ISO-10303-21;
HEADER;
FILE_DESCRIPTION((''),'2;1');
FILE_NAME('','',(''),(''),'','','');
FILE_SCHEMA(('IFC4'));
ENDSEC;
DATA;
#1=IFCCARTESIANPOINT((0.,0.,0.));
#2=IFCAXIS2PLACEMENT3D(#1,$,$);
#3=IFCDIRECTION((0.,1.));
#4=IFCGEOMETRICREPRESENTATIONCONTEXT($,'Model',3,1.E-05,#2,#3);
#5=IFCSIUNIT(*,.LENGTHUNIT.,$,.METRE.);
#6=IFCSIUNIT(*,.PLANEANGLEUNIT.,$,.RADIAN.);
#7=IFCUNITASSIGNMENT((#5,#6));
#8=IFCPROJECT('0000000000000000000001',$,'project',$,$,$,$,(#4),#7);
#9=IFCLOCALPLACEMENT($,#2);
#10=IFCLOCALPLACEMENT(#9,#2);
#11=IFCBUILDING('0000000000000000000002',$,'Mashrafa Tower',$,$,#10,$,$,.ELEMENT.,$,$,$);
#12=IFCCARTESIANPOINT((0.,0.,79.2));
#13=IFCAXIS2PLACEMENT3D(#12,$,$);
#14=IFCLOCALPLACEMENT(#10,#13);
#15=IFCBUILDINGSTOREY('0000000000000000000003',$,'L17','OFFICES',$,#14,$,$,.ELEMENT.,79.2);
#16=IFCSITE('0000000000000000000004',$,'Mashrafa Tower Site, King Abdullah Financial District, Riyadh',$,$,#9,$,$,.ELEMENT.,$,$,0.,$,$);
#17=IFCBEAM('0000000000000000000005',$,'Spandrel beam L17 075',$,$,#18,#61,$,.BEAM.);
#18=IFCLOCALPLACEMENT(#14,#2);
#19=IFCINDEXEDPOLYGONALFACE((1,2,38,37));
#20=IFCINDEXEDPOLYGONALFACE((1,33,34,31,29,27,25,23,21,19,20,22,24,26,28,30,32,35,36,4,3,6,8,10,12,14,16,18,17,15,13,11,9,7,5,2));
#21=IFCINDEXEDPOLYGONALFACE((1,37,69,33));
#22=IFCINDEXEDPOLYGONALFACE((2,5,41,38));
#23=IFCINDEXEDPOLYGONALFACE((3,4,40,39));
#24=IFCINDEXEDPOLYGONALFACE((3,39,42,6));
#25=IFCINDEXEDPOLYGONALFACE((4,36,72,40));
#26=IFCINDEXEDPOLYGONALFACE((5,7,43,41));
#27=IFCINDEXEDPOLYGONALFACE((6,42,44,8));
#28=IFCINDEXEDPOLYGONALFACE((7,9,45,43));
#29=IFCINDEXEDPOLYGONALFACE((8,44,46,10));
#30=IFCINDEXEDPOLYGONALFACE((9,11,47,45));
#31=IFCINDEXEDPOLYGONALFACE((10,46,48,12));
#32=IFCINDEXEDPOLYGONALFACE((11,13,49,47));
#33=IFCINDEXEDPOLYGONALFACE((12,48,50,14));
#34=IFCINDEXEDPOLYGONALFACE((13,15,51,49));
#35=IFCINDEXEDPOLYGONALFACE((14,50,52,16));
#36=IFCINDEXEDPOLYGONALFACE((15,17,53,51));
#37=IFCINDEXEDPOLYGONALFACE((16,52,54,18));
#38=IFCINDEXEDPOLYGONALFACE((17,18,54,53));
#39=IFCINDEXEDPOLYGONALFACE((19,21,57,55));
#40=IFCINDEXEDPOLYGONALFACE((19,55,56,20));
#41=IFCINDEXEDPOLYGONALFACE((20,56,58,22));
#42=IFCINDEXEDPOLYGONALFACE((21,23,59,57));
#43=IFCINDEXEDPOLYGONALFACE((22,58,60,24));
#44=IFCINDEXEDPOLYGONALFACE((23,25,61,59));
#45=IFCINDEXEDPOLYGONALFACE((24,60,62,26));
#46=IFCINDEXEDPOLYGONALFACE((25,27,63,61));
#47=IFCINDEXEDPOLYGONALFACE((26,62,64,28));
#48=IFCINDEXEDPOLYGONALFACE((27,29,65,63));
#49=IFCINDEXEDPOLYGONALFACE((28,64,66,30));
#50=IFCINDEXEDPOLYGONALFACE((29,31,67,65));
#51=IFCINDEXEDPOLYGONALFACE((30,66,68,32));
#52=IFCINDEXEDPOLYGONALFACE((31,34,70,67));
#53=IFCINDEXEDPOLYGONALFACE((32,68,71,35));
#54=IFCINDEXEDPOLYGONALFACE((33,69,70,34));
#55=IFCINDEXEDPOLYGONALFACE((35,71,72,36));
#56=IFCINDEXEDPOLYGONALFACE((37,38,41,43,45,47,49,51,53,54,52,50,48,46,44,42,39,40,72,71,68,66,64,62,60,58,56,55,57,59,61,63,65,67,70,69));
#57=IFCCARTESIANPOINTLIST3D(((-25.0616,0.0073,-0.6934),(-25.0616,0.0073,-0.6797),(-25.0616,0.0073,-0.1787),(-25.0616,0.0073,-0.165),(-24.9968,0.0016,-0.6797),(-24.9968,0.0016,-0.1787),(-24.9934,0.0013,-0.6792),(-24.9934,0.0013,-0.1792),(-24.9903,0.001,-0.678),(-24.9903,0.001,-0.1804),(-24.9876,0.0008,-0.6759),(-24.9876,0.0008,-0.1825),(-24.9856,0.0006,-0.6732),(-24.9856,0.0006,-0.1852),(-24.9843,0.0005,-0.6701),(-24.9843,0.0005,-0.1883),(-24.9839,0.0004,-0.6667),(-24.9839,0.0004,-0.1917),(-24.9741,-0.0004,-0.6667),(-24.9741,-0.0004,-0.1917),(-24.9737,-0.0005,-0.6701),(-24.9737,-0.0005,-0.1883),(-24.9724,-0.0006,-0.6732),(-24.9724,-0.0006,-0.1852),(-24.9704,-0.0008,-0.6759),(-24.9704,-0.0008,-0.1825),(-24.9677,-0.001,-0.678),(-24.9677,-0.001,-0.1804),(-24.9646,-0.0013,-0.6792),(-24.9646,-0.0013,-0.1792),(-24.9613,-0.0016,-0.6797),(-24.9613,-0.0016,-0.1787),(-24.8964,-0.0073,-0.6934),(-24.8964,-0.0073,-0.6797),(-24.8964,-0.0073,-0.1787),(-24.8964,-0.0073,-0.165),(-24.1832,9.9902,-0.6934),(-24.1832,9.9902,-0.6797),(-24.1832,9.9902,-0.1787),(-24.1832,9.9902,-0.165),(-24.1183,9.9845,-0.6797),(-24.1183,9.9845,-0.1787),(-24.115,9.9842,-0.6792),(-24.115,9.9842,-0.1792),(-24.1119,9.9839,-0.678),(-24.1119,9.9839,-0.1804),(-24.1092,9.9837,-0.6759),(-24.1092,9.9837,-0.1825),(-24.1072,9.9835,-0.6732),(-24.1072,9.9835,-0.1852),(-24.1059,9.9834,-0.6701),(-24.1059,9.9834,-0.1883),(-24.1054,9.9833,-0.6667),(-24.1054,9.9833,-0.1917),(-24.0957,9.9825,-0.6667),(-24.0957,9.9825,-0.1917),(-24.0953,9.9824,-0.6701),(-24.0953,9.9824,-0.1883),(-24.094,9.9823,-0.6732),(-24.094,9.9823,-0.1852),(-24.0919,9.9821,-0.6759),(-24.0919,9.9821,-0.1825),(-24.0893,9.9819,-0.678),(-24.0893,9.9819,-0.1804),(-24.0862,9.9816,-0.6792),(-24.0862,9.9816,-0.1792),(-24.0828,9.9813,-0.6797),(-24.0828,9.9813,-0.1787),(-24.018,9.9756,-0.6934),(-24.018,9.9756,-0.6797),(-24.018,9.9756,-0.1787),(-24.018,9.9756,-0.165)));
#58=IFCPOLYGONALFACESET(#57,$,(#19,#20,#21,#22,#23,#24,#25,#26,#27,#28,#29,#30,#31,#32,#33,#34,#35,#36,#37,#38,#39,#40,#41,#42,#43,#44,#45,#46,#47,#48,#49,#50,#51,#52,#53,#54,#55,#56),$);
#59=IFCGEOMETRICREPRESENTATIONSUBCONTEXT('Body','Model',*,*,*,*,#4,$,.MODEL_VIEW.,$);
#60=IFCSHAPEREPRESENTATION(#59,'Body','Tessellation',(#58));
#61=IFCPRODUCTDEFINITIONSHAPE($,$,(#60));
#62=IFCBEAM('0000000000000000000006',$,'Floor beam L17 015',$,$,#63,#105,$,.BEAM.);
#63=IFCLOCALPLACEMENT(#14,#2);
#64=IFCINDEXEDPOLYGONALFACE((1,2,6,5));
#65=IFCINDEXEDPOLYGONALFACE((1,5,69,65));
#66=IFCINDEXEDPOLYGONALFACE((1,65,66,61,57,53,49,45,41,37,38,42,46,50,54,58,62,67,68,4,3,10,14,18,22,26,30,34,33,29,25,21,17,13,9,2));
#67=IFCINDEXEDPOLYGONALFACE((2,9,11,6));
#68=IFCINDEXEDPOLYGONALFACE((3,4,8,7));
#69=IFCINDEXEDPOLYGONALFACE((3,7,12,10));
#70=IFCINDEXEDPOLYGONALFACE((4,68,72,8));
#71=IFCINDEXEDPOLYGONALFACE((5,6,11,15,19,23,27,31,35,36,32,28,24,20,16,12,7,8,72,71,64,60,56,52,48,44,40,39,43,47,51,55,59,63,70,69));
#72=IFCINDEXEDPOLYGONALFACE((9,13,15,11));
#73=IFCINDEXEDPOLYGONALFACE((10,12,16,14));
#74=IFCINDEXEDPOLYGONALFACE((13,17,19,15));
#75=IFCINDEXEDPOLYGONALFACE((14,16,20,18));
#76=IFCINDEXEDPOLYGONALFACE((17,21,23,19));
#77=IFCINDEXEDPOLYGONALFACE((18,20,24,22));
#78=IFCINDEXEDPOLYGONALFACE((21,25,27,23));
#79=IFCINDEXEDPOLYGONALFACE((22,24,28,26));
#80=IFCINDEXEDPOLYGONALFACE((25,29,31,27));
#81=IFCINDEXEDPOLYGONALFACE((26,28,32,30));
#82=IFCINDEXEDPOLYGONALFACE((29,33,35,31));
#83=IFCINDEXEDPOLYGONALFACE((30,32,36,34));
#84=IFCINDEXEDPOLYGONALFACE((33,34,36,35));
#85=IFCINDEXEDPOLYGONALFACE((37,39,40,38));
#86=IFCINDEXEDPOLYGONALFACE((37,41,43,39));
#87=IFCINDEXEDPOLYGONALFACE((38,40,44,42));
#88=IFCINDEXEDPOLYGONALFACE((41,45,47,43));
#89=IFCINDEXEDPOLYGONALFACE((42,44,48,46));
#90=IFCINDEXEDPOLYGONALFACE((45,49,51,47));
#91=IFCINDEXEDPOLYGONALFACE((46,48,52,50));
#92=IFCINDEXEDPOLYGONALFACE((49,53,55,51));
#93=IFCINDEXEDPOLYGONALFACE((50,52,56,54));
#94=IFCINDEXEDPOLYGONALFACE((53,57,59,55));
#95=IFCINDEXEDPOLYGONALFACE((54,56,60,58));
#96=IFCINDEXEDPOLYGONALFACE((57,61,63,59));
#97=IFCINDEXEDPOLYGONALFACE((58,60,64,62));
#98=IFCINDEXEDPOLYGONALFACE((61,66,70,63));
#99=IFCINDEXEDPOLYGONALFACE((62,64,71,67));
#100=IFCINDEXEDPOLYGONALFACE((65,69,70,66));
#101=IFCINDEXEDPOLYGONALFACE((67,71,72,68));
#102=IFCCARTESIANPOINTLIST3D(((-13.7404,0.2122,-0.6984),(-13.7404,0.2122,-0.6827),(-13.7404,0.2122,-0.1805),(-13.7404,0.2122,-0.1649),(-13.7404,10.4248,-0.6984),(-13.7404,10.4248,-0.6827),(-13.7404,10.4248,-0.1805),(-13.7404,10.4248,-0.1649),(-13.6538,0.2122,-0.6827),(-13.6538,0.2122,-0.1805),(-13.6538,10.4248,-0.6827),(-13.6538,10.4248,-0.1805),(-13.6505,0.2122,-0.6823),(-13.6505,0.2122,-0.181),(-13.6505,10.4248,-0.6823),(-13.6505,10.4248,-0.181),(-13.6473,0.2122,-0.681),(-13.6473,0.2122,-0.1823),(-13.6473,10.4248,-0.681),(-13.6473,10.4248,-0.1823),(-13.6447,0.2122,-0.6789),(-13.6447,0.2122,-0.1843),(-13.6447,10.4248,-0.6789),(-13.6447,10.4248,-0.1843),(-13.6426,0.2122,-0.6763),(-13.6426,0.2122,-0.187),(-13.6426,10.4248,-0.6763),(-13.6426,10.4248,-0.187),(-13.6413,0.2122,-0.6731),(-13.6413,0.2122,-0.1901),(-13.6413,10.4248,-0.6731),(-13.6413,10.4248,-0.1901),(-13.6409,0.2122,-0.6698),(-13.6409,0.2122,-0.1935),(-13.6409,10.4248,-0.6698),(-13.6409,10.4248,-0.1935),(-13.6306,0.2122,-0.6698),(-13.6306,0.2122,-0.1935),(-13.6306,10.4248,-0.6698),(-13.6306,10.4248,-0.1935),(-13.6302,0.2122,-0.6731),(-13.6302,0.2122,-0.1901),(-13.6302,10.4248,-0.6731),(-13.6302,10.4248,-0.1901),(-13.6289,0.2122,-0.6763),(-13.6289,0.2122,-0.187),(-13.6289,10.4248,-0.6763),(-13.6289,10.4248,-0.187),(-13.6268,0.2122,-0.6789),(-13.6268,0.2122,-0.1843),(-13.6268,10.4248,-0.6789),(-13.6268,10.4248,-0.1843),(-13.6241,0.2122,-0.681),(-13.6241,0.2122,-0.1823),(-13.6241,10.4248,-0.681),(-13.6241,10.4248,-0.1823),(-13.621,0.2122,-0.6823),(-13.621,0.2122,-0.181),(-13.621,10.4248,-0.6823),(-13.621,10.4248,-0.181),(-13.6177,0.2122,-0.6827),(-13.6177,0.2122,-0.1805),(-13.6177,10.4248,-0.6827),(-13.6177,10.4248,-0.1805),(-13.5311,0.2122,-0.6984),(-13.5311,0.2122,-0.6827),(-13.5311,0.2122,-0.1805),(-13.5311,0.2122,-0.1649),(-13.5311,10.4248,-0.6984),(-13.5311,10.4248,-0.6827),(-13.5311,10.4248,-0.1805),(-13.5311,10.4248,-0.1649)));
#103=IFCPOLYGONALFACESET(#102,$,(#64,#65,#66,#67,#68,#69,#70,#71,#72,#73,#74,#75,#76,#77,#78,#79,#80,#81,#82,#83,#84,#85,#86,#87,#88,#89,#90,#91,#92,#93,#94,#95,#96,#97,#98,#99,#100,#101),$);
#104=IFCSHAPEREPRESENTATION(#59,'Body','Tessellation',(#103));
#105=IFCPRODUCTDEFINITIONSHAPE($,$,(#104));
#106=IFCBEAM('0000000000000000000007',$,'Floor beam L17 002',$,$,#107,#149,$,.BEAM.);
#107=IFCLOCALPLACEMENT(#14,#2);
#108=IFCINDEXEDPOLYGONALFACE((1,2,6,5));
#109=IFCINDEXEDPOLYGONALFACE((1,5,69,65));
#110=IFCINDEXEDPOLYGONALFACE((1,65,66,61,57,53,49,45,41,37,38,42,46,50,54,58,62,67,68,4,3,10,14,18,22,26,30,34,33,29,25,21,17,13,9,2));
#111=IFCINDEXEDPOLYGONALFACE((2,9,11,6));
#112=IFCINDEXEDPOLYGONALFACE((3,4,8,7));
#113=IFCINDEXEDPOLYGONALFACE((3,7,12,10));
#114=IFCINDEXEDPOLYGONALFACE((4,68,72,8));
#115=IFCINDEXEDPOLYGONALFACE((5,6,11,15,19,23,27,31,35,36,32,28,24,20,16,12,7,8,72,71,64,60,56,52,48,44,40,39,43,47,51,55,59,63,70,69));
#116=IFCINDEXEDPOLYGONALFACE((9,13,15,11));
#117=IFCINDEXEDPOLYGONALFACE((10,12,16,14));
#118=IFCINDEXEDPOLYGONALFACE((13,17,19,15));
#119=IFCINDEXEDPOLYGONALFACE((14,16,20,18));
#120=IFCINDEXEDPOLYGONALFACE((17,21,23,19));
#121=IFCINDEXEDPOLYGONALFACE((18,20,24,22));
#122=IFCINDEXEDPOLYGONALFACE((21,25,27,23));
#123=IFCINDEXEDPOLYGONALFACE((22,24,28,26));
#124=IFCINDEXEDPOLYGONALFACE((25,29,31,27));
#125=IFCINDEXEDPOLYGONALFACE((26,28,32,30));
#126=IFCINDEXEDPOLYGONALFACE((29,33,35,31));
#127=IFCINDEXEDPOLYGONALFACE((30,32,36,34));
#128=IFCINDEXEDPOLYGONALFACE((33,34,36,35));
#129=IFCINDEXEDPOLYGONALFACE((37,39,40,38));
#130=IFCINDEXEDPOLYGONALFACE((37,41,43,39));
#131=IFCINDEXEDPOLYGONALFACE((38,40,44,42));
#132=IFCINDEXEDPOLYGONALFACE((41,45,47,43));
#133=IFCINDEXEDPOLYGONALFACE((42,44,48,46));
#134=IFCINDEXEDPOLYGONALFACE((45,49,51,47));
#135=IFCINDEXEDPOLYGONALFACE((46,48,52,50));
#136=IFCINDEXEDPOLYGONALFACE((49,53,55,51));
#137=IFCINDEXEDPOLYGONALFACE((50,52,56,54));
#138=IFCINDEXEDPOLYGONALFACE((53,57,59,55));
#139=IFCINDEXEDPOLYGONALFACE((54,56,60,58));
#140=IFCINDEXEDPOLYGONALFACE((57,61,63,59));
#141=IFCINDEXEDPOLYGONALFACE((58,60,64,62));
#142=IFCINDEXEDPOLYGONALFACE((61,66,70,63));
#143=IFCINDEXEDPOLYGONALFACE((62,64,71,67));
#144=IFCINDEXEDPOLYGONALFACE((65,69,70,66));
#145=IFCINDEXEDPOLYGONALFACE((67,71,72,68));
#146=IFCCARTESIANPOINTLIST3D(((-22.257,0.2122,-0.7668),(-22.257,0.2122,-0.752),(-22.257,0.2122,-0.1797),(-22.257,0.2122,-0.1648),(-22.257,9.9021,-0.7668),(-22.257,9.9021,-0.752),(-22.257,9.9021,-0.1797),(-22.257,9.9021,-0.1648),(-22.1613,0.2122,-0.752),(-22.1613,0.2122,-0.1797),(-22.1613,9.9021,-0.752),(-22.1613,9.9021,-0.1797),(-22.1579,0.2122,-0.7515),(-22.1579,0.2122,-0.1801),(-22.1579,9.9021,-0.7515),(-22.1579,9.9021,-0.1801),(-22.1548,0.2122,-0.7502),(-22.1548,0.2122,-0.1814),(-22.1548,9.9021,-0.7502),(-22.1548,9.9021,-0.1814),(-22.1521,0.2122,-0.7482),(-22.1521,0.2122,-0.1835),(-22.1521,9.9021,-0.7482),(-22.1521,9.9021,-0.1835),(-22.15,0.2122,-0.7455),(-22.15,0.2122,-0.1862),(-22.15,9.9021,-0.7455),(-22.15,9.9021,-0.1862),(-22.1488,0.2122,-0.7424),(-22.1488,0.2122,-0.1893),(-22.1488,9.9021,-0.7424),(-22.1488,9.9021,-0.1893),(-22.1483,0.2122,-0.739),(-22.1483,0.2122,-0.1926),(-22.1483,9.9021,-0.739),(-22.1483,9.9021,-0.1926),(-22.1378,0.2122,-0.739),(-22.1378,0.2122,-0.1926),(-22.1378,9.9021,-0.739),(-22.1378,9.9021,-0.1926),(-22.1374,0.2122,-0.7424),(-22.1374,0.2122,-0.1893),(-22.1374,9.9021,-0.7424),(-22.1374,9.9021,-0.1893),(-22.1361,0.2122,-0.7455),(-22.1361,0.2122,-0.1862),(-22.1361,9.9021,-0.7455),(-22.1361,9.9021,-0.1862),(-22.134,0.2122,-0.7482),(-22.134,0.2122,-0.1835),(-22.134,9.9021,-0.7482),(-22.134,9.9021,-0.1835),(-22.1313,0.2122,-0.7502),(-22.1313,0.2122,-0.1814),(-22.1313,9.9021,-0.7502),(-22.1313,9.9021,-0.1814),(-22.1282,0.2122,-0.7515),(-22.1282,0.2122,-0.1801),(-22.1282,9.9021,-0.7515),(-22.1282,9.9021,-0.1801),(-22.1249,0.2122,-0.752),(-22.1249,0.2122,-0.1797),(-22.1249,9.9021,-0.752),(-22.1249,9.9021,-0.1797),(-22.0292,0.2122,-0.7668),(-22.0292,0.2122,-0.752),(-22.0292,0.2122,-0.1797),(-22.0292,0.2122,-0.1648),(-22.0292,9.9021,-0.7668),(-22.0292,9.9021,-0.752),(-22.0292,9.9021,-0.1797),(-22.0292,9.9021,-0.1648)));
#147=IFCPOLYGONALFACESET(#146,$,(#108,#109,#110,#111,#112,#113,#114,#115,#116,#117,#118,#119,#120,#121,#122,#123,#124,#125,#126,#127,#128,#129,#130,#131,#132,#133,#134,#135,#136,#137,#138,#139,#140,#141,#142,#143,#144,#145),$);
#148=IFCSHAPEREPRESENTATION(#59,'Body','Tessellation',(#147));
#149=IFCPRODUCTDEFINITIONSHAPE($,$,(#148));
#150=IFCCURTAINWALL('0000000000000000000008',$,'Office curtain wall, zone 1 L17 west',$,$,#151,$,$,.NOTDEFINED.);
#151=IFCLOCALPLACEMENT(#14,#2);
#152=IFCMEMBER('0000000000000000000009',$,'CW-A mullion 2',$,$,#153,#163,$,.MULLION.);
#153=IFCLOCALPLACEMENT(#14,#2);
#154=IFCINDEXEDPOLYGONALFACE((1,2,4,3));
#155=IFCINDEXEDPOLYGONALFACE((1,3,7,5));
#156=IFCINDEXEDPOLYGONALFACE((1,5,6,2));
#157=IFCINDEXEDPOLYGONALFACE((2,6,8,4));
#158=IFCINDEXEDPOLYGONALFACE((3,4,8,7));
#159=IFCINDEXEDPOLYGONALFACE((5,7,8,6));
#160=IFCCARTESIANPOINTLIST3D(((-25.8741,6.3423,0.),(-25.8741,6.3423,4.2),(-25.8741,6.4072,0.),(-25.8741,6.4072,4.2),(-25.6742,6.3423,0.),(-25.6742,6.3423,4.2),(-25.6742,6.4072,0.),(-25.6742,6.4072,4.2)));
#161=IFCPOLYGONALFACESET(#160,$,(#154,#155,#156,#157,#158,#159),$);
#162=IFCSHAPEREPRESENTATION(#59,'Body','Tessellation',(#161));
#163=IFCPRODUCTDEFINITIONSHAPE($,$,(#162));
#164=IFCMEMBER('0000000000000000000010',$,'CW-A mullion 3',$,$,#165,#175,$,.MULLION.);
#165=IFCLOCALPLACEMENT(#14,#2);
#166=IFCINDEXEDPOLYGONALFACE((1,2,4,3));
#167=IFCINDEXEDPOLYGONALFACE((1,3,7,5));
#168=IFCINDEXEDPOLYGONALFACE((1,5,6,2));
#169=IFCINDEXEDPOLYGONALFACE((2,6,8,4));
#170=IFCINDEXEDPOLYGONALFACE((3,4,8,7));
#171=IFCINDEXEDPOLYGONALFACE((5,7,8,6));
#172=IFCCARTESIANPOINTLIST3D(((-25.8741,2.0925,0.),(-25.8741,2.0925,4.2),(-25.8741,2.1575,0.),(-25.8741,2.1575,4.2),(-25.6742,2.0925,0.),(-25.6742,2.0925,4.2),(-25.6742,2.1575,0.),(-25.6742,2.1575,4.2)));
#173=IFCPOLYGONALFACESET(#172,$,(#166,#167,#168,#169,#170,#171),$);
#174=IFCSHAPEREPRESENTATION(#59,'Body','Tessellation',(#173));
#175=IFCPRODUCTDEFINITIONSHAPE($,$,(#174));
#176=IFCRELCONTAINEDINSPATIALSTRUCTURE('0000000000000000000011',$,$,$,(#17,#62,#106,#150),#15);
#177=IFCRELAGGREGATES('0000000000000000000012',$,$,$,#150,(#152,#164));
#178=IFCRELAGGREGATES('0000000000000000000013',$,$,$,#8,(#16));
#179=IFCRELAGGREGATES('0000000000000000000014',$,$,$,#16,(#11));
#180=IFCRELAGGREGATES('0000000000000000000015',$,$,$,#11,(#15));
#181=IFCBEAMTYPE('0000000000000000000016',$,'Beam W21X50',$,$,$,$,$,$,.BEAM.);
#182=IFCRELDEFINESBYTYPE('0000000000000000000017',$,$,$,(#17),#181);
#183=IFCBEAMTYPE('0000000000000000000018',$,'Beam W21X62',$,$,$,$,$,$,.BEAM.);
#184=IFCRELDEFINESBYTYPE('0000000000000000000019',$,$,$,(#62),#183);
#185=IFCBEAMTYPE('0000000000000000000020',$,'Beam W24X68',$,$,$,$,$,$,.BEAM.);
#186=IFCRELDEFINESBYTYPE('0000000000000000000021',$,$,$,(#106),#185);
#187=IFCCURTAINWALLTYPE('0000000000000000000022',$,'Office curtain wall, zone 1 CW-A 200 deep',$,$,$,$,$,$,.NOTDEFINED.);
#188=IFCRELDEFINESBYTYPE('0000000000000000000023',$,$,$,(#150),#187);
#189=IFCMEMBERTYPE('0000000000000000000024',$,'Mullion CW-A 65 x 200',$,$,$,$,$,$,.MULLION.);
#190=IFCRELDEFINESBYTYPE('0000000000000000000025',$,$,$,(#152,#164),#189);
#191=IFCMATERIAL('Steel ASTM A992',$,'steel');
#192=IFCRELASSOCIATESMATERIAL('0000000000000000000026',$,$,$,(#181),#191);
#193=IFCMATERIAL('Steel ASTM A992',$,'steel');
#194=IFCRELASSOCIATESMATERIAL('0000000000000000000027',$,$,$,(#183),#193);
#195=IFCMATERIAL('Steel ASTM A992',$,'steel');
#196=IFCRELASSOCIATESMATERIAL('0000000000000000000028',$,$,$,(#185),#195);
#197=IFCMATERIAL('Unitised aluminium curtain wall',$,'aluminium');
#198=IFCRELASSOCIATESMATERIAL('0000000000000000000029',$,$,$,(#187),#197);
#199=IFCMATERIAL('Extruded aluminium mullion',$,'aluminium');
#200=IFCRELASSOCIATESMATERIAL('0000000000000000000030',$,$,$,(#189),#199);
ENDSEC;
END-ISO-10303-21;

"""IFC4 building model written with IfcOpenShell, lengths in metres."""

from ifc_helpers import new_model, si_unit, direction, frame, origin, origin_2d, place, context, subcontext, project, spatial, rectangle, i_section, extrude, source, transform, mapped, material, material_profile, profile_set, type_object, type_shapes, element, aggregate, save


model = new_model("IFC4")

# Units and contexts
model_context = context("Model", 3, precision=1e-05, world=origin(), true_north=direction((0.0, 1.0)))
body_context = subcontext(model_context, "Body", "Model", "MODEL_VIEW")
ifc_project = project(units=[si_unit("LENGTHUNIT", "METRE"), si_unit("PLANEANGLEUNIT", "RADIAN")], contexts=[model_context])

# Site, building, storey
site_placement = place(None, origin())
site = spatial("IfcSite", under=ifc_project, at=site_placement, Name="Mashrafa Tower Site, King Abdullah Financial District, Riyadh", CompositionType="ELEMENT", RefElevation=0.0)
building_placement = place(site_placement, origin())
building = spatial("IfcBuilding", under=site, at=building_placement, Name="Mashrafa Tower", CompositionType="ELEMENT")
storey_placement = place(building_placement, frame((0.0, 0.0, 79.2)))
storey = spatial("IfcBuildingStorey", under=building, at=storey_placement, Name="L17", Description="OFFICES", CompositionType="ELEMENT", Elevation=79.2)

# Beams
ifc_material_1 = material(Name="Steel ASTM A992", Category="steel")
ifc_material_profile_1 = material_profile(ifc_material_1, i_section(OverallWidth=0.1658, OverallDepth=0.5283, WebThickness=0.0098, FlangeThickness=0.0137, FilletRadius=0.0129, at=origin_2d()), Name="W21X50")
ifc_profile_set_1 = profile_set([ifc_material_profile_1], Name="Steel ASTM A992")
beam_type_1 = type_object("IfcBeamType", Name="Beam W21X50", PredefinedType="BEAM", material=ifc_profile_set_1)
beam_1_placement = place(storey_placement, frame((-24.1006, 9.9829, -0.4292), z_axis=(-0.087653, -0.996151, 0.0), x_axis=(0.996151, -0.087653, 0.0)))
element("IfcBeam", 1, at=beam_1_placement, inside=storey, type_object=beam_type_1, Name="Spandrel beam L17 075", PredefinedType="BEAM", context=body_context, shape_type="SweptSolid", body=[
    extrude(i_section(OverallWidth=0.1658, OverallDepth=0.5283, WebThickness=0.0098, FlangeThickness=0.0137, FilletRadius=0.0129, at=origin_2d()), origin(), (0.0, 0.0, 1.0), 10.0215),
])
ifc_material_2 = material(Name="Steel ASTM A992", Category="steel")
ifc_material_profile_2 = material_profile(ifc_material_2, i_section(OverallWidth=0.2092, OverallDepth=0.5334, WebThickness=0.0103, FlangeThickness=0.0156, FilletRadius=0.0129, at=origin_2d()), Name="W21X62")
ifc_profile_set_2 = profile_set([ifc_material_profile_2], Name="Steel ASTM A992")
beam_type_2 = type_object("IfcBeamType", Name="Beam W21X62", PredefinedType="BEAM", material=ifc_profile_set_2)
beam_2_placement = place(storey_placement, frame((-13.6357, 0.2122, -0.4316), z_axis=(0.0, 1.0, 0.0), x_axis=(-1.0, 0.0, 0.0)))
element("IfcBeam", 2, at=beam_2_placement, inside=storey, type_object=beam_type_2, Name="Floor beam L17 015", PredefinedType="BEAM", context=body_context, shape_type="SweptSolid", body=[
    extrude(i_section(OverallWidth=0.2092, OverallDepth=0.5334, WebThickness=0.0103, FlangeThickness=0.0156, FilletRadius=0.0129, at=origin_2d()), origin(), (0.0, 0.0, 1.0), 10.2126),
])
ifc_material_3 = material(Name="Steel ASTM A992", Category="steel")
ifc_material_profile_3 = material_profile(ifc_material_3, i_section(OverallWidth=0.2278, OverallDepth=0.6021, WebThickness=0.0105, FlangeThickness=0.0149, FilletRadius=0.0129, at=origin_2d()), Name="W24X68")
ifc_profile_set_3 = profile_set([ifc_material_profile_3], Name="Steel ASTM A992")
beam_type_3 = type_object("IfcBeamType", Name="Beam W24X68", PredefinedType="BEAM", material=ifc_profile_set_3)
beam_3_placement = place(storey_placement, frame((-22.1431, 0.2122, -0.4658), z_axis=(0.0, 1.0, 0.0), x_axis=(-1.0, 0.0, 0.0)))
element("IfcBeam", 3, at=beam_3_placement, inside=storey, type_object=beam_type_3, Name="Floor beam L17 002", PredefinedType="BEAM", context=body_context, shape_type="SweptSolid", body=[
    extrude(i_section(OverallWidth=0.2278, OverallDepth=0.6021, WebThickness=0.0105, FlangeThickness=0.0149, FilletRadius=0.0129, at=origin_2d()), origin(), (0.0, 0.0, 1.0), 9.6899),
])

# Curtain wall, members
ifc_material_4 = material(Name="Unitised aluminium curtain wall", Category="aluminium")
curtain_wall_type = type_object("IfcCurtainWallType", Name="Office curtain wall, zone 1 CW-A 200 deep", PredefinedType="NOTDEFINED", material=ifc_material_4)
curtain_wall_placement = place(storey_placement, origin())
curtain_wall = element("IfcCurtainWall", 4, at=curtain_wall_placement, inside=storey, type_object=curtain_wall_type, Name="Office curtain wall, zone 1 L17 west", PredefinedType="NOTDEFINED")
ifc_material_5 = material(Name="Extruded aluminium mullion", Category="aluminium")
ifc_material_profile_4 = material_profile(ifc_material_5, rectangle(XDim=0.2, YDim=0.0649, at=origin_2d()), Name="Mullion 65x200")
ifc_profile_set_4 = profile_set([ifc_material_profile_4], Name="Extruded aluminium mullion")
member_type_1 = type_object("IfcMemberType", Name="Mullion CW-A 65 x 200", PredefinedType="MULLION", material=ifc_profile_set_4)
shared_shape_1 = source(origin(), body_context, "Body", "SweptSolid", [
    extrude(rectangle(XDim=0.2, YDim=0.0649, at=origin_2d()), origin(), (0.0, 0.0, 1.0), 4.2),
])
type_shapes(member_type_1, [shared_shape_1])
member_1_placement = place(storey_placement, frame((-25.7742, 6.3748, 0.0), z_axis=(0.0, 0.0, 1.0), x_axis=(1.0, 0.0, 0.0)))
member_1 = element("IfcMember", 5, at=member_1_placement, type_object=member_type_1, Name="CW-A mullion 2", PredefinedType="MULLION", context=body_context, shape_type="MappedRepresentation", body=[
    mapped(shared_shape_1, transform((0.0, 0.0, 0.0))),
])
member_2_placement = place(storey_placement, frame((-25.7742, 2.125, 0.0), z_axis=(0.0, 0.0, 1.0), x_axis=(1.0, 0.0, 0.0)))
member_2 = element("IfcMember", 6, at=member_2_placement, type_object=member_type_1, Name="CW-A mullion 3", PredefinedType="MULLION", context=body_context, shape_type="MappedRepresentation", body=[
    mapped(shared_shape_1, transform((0.0, 0.0, 0.0))),
])
aggregate(curtain_wall, [member_1, member_2])

save(model, "model.ifc")
